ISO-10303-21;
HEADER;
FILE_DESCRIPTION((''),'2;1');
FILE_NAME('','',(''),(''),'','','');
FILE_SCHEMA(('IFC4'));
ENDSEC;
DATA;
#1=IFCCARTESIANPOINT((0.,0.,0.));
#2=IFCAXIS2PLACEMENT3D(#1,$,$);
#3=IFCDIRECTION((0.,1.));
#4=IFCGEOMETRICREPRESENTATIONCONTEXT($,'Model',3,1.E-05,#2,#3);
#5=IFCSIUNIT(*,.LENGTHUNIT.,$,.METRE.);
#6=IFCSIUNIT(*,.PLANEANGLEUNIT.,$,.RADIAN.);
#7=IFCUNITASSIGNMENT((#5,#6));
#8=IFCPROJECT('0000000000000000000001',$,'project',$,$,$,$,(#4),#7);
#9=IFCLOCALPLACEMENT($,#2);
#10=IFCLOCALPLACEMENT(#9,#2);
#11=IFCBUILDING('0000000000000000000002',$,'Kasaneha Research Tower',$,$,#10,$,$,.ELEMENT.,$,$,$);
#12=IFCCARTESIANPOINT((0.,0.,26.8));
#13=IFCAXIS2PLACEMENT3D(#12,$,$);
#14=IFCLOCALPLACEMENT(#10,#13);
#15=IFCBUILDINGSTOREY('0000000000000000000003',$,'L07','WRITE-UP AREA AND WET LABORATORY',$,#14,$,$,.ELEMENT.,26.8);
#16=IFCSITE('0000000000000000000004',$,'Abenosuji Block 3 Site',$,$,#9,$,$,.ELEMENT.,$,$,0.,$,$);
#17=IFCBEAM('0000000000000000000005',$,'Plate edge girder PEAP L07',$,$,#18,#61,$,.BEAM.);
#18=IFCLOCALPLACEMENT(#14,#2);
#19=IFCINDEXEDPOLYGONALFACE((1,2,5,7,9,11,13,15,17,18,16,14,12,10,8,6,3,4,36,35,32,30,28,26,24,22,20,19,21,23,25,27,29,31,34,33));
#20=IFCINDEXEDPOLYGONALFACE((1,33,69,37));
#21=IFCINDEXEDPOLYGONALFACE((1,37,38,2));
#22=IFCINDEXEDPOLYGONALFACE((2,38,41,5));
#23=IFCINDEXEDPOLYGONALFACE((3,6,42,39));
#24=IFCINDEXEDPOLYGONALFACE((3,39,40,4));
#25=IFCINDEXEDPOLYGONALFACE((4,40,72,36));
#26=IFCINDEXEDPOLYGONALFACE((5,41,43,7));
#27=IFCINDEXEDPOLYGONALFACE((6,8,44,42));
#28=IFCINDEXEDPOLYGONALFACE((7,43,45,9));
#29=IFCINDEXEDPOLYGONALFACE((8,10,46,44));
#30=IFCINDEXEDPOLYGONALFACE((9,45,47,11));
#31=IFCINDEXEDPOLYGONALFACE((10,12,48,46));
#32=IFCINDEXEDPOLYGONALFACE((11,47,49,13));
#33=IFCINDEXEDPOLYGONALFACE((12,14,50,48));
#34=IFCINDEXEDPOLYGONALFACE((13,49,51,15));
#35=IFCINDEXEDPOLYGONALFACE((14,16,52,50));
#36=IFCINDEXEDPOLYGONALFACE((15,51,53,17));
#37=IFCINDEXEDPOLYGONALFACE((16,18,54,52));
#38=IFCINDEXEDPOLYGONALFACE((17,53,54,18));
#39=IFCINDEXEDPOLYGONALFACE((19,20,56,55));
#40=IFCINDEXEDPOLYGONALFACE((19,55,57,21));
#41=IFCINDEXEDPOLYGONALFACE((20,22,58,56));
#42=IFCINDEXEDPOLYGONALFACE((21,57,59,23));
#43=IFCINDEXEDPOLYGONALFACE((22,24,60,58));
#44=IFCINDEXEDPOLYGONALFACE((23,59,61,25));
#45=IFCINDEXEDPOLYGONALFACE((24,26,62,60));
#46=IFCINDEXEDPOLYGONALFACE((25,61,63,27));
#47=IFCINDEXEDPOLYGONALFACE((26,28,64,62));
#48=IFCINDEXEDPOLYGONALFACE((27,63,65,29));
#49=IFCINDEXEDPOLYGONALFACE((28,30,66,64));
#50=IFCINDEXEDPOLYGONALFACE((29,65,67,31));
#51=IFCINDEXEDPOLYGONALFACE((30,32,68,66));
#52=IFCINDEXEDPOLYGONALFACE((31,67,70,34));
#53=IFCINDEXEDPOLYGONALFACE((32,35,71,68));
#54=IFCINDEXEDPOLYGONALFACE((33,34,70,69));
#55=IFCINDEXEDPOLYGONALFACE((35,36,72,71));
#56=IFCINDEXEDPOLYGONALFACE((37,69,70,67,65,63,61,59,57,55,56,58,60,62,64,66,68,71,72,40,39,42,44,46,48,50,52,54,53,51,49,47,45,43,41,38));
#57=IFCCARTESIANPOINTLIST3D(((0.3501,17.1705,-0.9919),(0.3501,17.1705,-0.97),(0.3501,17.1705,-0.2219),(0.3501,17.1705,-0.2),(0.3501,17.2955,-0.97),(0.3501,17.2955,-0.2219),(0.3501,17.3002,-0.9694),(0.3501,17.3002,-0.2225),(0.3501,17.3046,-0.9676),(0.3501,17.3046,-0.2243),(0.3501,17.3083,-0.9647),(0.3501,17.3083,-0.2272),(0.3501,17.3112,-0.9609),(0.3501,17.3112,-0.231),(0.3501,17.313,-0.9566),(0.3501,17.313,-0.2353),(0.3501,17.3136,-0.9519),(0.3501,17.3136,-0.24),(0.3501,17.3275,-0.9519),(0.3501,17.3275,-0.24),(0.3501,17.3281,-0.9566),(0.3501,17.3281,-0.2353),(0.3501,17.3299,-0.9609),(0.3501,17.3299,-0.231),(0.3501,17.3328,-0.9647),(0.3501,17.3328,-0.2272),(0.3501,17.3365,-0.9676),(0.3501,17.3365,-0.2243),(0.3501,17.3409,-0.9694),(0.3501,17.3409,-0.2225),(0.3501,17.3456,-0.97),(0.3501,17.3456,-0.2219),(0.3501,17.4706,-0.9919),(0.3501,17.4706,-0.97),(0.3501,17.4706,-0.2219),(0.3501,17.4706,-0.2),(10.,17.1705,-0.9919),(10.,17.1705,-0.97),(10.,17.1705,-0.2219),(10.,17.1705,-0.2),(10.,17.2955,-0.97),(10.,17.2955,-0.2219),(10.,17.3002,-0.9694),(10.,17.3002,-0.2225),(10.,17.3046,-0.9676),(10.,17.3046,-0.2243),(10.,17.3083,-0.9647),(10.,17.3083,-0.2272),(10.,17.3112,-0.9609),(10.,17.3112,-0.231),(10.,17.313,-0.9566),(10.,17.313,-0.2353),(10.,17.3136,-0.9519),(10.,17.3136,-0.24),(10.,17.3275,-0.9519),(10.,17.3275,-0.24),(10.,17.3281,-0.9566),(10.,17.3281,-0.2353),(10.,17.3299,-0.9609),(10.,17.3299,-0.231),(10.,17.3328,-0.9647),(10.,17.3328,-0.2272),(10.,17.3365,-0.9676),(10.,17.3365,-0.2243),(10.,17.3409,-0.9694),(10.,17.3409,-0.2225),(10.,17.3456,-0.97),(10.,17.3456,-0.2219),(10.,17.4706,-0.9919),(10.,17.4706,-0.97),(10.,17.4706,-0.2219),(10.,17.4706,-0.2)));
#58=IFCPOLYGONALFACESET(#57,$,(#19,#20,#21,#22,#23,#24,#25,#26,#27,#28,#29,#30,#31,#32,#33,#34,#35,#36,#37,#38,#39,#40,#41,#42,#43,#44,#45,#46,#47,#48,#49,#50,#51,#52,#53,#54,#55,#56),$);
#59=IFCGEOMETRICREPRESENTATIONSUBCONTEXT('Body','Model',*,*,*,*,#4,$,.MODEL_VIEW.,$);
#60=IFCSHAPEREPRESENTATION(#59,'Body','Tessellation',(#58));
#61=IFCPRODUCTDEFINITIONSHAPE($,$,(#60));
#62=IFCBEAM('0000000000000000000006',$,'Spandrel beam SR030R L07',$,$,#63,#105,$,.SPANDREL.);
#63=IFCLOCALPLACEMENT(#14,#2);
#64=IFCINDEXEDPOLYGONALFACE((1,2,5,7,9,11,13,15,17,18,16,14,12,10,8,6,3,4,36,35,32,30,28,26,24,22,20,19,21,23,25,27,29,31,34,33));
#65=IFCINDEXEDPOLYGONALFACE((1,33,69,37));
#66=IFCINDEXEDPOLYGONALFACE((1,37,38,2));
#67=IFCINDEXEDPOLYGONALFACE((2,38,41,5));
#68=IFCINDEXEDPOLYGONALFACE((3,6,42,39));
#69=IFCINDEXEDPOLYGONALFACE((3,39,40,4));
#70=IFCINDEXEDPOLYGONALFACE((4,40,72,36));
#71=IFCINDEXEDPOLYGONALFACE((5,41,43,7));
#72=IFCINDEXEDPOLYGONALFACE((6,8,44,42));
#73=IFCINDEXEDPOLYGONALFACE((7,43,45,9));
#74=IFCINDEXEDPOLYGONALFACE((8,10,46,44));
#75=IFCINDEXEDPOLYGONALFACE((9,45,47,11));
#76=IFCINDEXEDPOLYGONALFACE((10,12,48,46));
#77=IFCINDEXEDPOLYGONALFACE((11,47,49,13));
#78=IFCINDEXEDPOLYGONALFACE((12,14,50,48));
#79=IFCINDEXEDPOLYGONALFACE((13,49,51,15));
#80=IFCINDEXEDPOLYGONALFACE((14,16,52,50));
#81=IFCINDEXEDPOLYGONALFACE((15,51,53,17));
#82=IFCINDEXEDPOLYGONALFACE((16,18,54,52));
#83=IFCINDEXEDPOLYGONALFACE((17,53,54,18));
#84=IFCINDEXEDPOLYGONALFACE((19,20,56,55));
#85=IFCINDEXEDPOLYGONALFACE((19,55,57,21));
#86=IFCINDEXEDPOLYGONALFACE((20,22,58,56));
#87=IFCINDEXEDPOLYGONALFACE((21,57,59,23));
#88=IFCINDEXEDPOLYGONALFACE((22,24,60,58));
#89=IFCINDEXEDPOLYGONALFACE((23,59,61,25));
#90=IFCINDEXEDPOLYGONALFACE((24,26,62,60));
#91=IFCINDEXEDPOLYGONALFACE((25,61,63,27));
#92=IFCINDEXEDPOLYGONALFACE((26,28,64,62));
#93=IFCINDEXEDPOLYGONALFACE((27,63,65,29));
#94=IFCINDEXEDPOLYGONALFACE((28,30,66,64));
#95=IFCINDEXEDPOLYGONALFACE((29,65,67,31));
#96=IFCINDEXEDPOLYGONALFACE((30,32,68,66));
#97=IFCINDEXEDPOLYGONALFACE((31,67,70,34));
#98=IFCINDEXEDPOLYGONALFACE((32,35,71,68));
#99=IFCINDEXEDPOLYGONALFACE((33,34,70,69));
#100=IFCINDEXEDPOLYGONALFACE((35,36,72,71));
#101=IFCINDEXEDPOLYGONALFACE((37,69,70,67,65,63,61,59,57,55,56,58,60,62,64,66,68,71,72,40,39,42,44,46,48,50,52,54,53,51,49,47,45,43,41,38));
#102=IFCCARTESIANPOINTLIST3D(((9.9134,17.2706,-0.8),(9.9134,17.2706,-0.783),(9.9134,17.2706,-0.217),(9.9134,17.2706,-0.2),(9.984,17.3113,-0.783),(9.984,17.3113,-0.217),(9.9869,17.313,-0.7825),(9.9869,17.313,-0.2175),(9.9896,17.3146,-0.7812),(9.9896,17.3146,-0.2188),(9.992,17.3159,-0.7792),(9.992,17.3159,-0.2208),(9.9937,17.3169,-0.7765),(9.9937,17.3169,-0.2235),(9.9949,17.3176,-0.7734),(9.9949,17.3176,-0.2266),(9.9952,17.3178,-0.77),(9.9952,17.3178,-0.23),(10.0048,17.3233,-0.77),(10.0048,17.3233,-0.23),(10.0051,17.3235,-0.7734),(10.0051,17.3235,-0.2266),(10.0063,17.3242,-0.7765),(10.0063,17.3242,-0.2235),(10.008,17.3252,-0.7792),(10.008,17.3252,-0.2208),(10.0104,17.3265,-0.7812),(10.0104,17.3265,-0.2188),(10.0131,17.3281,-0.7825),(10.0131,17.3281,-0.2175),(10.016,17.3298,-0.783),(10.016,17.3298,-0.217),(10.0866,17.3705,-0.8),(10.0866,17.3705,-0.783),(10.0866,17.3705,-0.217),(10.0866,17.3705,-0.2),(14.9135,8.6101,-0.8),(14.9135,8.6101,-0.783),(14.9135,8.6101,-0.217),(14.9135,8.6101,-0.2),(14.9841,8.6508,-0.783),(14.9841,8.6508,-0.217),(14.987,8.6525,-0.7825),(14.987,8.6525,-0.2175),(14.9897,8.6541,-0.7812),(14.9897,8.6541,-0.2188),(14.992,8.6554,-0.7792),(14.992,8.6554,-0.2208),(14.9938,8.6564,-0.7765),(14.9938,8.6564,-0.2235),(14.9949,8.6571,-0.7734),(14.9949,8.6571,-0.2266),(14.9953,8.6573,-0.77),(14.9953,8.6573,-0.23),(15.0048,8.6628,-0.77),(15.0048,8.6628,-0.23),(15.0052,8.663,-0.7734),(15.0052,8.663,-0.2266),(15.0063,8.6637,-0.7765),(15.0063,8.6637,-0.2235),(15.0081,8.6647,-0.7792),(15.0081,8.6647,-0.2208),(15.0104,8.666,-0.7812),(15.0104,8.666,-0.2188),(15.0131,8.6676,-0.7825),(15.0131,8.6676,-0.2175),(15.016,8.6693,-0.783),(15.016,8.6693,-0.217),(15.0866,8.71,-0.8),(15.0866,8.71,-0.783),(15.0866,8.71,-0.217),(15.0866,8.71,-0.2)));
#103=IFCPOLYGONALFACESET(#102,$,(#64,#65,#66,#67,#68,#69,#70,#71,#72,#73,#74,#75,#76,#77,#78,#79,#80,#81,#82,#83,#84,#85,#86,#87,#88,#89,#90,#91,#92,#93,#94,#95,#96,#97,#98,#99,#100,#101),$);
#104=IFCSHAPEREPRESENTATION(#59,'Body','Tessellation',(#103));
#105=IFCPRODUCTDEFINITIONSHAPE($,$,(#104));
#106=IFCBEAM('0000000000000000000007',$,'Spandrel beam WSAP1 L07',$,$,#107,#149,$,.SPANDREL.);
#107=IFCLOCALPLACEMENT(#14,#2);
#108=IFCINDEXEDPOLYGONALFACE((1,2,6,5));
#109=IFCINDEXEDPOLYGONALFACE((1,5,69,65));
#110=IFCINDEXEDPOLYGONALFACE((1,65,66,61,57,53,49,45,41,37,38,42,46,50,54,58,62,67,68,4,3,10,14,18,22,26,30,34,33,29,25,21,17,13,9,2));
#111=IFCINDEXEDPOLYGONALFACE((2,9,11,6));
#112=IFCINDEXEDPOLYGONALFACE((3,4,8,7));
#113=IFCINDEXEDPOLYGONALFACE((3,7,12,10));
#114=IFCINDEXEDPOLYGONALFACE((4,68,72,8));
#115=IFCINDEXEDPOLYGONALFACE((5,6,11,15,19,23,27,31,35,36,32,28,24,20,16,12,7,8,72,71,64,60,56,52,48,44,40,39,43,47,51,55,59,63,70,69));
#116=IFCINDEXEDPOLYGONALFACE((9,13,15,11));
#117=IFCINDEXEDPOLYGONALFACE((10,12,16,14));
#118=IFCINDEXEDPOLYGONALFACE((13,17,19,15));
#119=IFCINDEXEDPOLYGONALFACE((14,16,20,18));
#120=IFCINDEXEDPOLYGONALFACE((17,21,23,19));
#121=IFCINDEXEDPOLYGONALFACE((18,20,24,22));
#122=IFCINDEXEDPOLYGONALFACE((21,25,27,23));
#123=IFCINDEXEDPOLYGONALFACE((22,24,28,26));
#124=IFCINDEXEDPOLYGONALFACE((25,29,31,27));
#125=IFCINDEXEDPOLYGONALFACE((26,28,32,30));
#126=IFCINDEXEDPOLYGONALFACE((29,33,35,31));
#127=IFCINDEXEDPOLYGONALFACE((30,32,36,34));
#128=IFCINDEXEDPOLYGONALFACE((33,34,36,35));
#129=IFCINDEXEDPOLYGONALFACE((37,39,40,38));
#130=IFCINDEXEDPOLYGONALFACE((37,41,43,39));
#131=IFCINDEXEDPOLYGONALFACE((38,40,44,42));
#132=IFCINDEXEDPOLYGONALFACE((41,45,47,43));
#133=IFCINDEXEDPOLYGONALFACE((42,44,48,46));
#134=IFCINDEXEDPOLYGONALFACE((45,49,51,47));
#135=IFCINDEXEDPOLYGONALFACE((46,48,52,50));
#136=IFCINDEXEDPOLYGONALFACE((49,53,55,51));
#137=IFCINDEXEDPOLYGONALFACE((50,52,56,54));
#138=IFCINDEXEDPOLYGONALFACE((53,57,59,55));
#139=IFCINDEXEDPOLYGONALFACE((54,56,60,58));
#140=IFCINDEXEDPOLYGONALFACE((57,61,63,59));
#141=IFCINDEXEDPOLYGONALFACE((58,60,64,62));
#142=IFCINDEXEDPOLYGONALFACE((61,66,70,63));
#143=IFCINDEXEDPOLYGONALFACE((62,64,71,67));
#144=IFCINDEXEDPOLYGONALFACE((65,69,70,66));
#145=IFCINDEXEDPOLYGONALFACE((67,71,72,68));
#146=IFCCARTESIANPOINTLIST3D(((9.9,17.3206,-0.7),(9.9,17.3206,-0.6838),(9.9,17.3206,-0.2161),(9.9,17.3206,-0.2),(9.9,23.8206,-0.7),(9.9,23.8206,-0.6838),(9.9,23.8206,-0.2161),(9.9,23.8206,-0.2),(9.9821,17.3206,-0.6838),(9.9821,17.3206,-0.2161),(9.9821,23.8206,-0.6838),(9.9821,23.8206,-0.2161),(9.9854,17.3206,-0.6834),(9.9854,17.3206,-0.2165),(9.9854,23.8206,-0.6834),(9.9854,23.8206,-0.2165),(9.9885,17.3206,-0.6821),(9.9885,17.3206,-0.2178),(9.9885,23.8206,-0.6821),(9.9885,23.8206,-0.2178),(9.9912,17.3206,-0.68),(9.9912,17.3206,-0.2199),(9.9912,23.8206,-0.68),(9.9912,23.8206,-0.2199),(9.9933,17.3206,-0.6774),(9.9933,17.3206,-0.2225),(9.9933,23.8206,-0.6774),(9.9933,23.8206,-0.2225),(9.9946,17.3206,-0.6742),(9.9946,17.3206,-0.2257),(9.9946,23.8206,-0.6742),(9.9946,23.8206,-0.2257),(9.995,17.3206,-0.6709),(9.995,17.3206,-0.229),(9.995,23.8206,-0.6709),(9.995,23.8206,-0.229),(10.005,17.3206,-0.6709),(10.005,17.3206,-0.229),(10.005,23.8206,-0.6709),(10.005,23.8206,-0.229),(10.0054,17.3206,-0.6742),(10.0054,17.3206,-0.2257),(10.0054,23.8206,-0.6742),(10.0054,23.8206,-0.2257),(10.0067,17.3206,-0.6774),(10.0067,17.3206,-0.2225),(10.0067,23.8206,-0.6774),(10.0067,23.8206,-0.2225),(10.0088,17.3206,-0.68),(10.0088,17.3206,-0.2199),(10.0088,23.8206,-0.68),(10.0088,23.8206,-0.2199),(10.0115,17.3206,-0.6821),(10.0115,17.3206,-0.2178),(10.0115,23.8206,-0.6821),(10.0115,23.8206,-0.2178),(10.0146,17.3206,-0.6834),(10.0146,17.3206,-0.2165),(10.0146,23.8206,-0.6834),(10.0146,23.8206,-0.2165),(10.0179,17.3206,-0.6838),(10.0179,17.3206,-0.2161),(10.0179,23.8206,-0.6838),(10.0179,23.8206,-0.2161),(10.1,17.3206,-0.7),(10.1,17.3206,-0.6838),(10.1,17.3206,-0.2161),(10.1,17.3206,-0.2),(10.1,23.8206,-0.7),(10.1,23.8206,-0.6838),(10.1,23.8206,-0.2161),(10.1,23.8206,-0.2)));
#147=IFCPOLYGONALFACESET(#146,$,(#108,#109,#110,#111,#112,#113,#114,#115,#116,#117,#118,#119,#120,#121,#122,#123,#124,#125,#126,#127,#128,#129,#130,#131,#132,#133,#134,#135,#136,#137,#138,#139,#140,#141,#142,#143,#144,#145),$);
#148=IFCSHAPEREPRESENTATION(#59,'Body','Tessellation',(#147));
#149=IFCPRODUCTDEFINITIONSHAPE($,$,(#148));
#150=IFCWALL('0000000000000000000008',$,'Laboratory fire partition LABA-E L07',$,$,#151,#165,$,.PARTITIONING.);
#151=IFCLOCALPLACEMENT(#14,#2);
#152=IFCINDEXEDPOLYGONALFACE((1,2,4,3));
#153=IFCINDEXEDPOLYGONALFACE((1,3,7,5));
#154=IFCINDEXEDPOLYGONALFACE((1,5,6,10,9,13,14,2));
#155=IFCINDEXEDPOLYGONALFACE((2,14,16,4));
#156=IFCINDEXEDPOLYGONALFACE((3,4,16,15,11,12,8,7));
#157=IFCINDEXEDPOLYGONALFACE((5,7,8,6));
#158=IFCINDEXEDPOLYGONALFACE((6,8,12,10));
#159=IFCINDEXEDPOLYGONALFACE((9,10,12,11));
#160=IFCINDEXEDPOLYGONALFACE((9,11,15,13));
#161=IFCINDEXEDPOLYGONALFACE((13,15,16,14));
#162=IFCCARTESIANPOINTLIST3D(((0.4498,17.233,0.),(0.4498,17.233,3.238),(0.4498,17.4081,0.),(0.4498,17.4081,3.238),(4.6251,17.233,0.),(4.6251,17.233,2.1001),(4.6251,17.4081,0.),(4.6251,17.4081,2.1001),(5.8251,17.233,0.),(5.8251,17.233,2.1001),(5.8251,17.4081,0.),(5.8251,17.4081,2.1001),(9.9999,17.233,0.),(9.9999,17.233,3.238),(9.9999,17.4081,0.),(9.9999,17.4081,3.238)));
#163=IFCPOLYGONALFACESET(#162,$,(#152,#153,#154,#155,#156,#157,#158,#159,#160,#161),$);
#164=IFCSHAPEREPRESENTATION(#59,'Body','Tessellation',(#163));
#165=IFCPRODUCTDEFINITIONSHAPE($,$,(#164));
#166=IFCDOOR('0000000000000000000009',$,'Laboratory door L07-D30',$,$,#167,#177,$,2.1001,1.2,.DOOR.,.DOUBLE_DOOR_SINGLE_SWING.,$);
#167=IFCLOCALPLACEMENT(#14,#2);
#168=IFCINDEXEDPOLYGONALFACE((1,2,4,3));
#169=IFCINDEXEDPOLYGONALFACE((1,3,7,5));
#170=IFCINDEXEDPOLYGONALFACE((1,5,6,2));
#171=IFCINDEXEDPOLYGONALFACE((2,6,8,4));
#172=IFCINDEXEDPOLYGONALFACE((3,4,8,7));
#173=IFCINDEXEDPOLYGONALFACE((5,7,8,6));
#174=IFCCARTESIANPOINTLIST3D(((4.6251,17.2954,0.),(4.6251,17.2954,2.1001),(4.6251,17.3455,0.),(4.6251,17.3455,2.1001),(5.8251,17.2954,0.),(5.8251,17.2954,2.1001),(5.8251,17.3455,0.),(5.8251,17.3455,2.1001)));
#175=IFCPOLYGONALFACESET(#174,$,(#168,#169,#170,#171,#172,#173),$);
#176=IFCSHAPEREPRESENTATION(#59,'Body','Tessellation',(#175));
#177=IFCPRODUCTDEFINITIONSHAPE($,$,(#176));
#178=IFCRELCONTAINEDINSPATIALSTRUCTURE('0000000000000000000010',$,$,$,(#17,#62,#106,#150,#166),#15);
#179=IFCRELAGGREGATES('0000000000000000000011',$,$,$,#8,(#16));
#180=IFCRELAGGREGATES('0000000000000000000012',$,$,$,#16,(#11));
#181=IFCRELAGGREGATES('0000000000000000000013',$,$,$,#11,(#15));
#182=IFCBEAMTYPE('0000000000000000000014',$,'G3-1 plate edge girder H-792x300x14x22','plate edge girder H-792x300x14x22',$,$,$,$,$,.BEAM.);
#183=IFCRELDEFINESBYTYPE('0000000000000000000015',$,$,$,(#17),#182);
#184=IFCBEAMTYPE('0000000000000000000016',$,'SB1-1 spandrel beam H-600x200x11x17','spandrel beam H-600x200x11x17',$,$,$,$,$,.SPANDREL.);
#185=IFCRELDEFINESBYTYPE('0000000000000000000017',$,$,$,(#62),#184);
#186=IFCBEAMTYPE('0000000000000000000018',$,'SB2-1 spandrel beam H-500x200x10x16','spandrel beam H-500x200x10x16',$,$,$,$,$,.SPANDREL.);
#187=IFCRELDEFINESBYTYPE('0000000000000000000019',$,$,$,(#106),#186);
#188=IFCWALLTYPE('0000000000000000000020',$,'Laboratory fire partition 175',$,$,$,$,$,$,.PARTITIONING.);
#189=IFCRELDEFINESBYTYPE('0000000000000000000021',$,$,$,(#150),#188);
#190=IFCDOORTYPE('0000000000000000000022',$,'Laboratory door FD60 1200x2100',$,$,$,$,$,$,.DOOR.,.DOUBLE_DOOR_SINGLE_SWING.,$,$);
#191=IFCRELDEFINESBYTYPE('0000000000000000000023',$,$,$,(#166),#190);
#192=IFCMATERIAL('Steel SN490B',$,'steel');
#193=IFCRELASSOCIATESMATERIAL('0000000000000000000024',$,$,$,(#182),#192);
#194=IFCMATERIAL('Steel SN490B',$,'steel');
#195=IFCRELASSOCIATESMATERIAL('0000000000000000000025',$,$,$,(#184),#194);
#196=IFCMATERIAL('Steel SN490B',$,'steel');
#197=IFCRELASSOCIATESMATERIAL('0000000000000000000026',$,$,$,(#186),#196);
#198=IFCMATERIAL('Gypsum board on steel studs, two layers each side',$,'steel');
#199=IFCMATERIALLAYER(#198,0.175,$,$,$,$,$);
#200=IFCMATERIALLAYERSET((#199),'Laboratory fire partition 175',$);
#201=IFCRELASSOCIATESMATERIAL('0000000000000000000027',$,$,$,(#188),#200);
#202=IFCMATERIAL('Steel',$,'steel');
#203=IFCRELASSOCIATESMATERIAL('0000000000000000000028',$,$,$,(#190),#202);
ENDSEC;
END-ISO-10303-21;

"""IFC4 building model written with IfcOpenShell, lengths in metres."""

from ifc_helpers import new_model, si_unit, direction, frame, frame_2d, origin, origin_2d, place, context, subcontext, project, spatial, rectangle, i_section, extrude, material, layer, layer_set, material_profile, profile_set, type_object, element, fill, save


model = new_model("IFC4")

# Units and contexts
model_context = context("Model", 3, precision=1e-05, world=origin(), true_north=direction((0.0, 1.0)))
body_context = subcontext(model_context, "Body", "Model", "MODEL_VIEW")
ifc_project = project(units=[si_unit("LENGTHUNIT", "METRE"), si_unit("PLANEANGLEUNIT", "RADIAN")], contexts=[model_context])

# Site, building, storey
site_placement = place(None, origin())
site = spatial("IfcSite", under=ifc_project, at=site_placement, Name="Abenosuji Block 3 Site", CompositionType="ELEMENT", RefElevation=0.0)
building_placement = place(site_placement, origin())
building = spatial("IfcBuilding", under=site, at=building_placement, Name="Kasaneha Research Tower", CompositionType="ELEMENT")
storey_placement = place(building_placement, frame((0.0, 0.0, 26.8)))
storey = spatial("IfcBuildingStorey", under=building, at=storey_placement, Name="L07", Description="WRITE-UP AREA AND WET LABORATORY", CompositionType="ELEMENT", Elevation=26.8)

# Beams
ifc_material_1 = material(Name="Steel SN490B", Category="steel")
ifc_material_profile_1 = material_profile(ifc_material_1, i_section(OverallWidth=0.3, OverallDepth=0.792, WebThickness=0.0139, FlangeThickness=0.022, FilletRadius=0.0181, at=origin_2d()), Name="H-792x300x14x22")
ifc_profile_set_1 = profile_set([ifc_material_profile_1], Name="Steel SN490B")
beam_type_1 = type_object("IfcBeamType", Name="G3-1 plate edge girder H-792x300x14x22", Description="plate edge girder H-792x300x14x22", PredefinedType="BEAM", material=ifc_profile_set_1)
beam_1_placement = place(storey_placement, frame((10.0, 17.3206, -0.5959), z_axis=(-1.0, 0.0, 0.0), x_axis=(0.0, -1.0, 0.0)))
element("IfcBeam", 1, at=beam_1_placement, inside=storey, type_object=beam_type_1, Name="Plate edge girder PEAP L07", PredefinedType="BEAM", context=body_context, shape_type="SweptSolid", body=[
    extrude(i_section(OverallWidth=0.3, OverallDepth=0.792, WebThickness=0.0139, FlangeThickness=0.022, FilletRadius=0.0181, at=origin_2d()), origin(), (0.0, 0.0, 1.0), 9.6499),
])
ifc_material_2 = material(Name="Steel SN490B", Category="steel")
ifc_material_profile_2 = material_profile(ifc_material_2, i_section(OverallWidth=0.2, OverallDepth=0.6001, WebThickness=0.011, FlangeThickness=0.0171, FilletRadius=0.0129, at=origin_2d()), Name="H-600x200x11x17")
ifc_profile_set_2 = profile_set([ifc_material_profile_2], Name="Steel SN490B")
beam_type_2 = type_object("IfcBeamType", Name="SB1-1 spandrel beam H-600x200x11x17", Description="spandrel beam H-600x200x11x17", PredefinedType="SPANDREL", material=ifc_profile_set_2)
beam_2_placement = place(storey_placement, frame((10.0, 17.3206, -0.5), z_axis=(0.499994, -0.866029, 0.0), x_axis=(0.866029, 0.499994, 0.0)))
element("IfcBeam", 2, at=beam_2_placement, inside=storey, type_object=beam_type_2, Name="Spandrel beam SR030R L07", PredefinedType="SPANDREL", context=body_context, shape_type="SweptSolid", body=[
    extrude(i_section(OverallWidth=0.2, OverallDepth=0.6001, WebThickness=0.011, FlangeThickness=0.0171, FilletRadius=0.0129, at=origin_2d()), origin(), (0.0, 0.0, 1.0), 10.0002),
])
ifc_material_3 = material(Name="Steel SN490B", Category="steel")
ifc_material_profile_3 = material_profile(ifc_material_3, i_section(OverallWidth=0.2, OverallDepth=0.5, WebThickness=0.01, FlangeThickness=0.0161, FilletRadius=0.0129, at=origin_2d()), Name="H-500x200x10x16")
ifc_profile_set_3 = profile_set([ifc_material_profile_3], Name="Steel SN490B")
beam_type_3 = type_object("IfcBeamType", Name="SB2-1 spandrel beam H-500x200x10x16", Description="spandrel beam H-500x200x10x16", PredefinedType="SPANDREL", material=ifc_profile_set_3)
beam_3_placement = place(storey_placement, frame((10.0, 17.3206, -0.45), z_axis=(0.0, 1.0, 0.0), x_axis=(-1.0, 0.0, 0.0)))
element("IfcBeam", 3, at=beam_3_placement, inside=storey, type_object=beam_type_3, Name="Spandrel beam WSAP1 L07", PredefinedType="SPANDREL", context=body_context, shape_type="SweptSolid", body=[
    extrude(i_section(OverallWidth=0.2, OverallDepth=0.5, WebThickness=0.01, FlangeThickness=0.0161, FilletRadius=0.0129, at=origin_2d()), origin(), (0.0, 0.0, 1.0), 6.5),
])

# Wall, opening, door
ifc_material_4 = material(Name="Gypsum board on steel studs, two layers each side", Category="steel")
ifc_layer_1 = layer(ifc_material_4, 0.175)
ifc_layer_set_1 = layer_set([ifc_layer_1], Name="Laboratory fire partition 175")
wall_type_1 = type_object("IfcWallType", Name="Laboratory fire partition 175", PredefinedType="PARTITIONING", material=ifc_layer_set_1)
wall_1_placement = place(storey_placement, frame((0.45, 17.3206, 0.0), z_axis=(0.0, 0.0, 1.0), x_axis=(1.0, 0.0, 0.0)))
wall_1 = element("IfcWall", 4, at=wall_1_placement, inside=storey, type_object=wall_type_1, Name="Laboratory fire partition LABA-E L07", PredefinedType="PARTITIONING", context=body_context, shape_type="SweptSolid", body=[
    extrude(rectangle(XDim=9.55, YDim=0.175, at=frame_2d((4.7749, 0.0))), origin(), (0.0, 0.0, 1.0), 3.238),
])
opening_1_placement = place(wall_1_placement, frame((4.175, 0.0, 0.0)))
opening_1 = element("IfcOpeningElement", 5, at=opening_1_placement, cuts=wall_1, PredefinedType="OPENING", context=body_context, shape_type="SweptSolid", body=[
    extrude(rectangle(XDim=1.2, YDim=2.1001, at=frame_2d((0.6001, 1.05))), frame((0.0, 0.0977, 0.0), z_axis=(0.0, -1.0, 0.0), x_axis=(1.0, 0.0, 0.0)), (0.0, 0.0, 1.0), 0.1951),
])
ifc_material_5 = material(Name="Steel", Category="steel")
door_type_1 = type_object("IfcDoorType", Name="Laboratory door FD60 1200x2100", OperationType="DOUBLE_DOOR_SINGLE_SWING", PredefinedType="DOOR", material=ifc_material_5)
door_1_placement = place(opening_1_placement, origin())
door_1 = element("IfcDoor", 6, at=door_1_placement, inside=storey, type_object=door_type_1, Name="Laboratory door L07-D30", OperationType="DOUBLE_DOOR_SINGLE_SWING", OverallHeight=2.1001, OverallWidth=1.2, PredefinedType="DOOR", context=body_context, shape_type="SweptSolid", body=[
    extrude(rectangle(XDim=1.2, YDim=2.1001, at=frame_2d((0.6001, 1.05))), frame((0.0, 0.0249, 0.0), z_axis=(0.0, -1.0, 0.0), x_axis=(1.0, 0.0, 0.0)), (0.0, 0.0, 1.0), 0.05),
])
fill(opening_1, door_1)

save(model, "model.ifc")
